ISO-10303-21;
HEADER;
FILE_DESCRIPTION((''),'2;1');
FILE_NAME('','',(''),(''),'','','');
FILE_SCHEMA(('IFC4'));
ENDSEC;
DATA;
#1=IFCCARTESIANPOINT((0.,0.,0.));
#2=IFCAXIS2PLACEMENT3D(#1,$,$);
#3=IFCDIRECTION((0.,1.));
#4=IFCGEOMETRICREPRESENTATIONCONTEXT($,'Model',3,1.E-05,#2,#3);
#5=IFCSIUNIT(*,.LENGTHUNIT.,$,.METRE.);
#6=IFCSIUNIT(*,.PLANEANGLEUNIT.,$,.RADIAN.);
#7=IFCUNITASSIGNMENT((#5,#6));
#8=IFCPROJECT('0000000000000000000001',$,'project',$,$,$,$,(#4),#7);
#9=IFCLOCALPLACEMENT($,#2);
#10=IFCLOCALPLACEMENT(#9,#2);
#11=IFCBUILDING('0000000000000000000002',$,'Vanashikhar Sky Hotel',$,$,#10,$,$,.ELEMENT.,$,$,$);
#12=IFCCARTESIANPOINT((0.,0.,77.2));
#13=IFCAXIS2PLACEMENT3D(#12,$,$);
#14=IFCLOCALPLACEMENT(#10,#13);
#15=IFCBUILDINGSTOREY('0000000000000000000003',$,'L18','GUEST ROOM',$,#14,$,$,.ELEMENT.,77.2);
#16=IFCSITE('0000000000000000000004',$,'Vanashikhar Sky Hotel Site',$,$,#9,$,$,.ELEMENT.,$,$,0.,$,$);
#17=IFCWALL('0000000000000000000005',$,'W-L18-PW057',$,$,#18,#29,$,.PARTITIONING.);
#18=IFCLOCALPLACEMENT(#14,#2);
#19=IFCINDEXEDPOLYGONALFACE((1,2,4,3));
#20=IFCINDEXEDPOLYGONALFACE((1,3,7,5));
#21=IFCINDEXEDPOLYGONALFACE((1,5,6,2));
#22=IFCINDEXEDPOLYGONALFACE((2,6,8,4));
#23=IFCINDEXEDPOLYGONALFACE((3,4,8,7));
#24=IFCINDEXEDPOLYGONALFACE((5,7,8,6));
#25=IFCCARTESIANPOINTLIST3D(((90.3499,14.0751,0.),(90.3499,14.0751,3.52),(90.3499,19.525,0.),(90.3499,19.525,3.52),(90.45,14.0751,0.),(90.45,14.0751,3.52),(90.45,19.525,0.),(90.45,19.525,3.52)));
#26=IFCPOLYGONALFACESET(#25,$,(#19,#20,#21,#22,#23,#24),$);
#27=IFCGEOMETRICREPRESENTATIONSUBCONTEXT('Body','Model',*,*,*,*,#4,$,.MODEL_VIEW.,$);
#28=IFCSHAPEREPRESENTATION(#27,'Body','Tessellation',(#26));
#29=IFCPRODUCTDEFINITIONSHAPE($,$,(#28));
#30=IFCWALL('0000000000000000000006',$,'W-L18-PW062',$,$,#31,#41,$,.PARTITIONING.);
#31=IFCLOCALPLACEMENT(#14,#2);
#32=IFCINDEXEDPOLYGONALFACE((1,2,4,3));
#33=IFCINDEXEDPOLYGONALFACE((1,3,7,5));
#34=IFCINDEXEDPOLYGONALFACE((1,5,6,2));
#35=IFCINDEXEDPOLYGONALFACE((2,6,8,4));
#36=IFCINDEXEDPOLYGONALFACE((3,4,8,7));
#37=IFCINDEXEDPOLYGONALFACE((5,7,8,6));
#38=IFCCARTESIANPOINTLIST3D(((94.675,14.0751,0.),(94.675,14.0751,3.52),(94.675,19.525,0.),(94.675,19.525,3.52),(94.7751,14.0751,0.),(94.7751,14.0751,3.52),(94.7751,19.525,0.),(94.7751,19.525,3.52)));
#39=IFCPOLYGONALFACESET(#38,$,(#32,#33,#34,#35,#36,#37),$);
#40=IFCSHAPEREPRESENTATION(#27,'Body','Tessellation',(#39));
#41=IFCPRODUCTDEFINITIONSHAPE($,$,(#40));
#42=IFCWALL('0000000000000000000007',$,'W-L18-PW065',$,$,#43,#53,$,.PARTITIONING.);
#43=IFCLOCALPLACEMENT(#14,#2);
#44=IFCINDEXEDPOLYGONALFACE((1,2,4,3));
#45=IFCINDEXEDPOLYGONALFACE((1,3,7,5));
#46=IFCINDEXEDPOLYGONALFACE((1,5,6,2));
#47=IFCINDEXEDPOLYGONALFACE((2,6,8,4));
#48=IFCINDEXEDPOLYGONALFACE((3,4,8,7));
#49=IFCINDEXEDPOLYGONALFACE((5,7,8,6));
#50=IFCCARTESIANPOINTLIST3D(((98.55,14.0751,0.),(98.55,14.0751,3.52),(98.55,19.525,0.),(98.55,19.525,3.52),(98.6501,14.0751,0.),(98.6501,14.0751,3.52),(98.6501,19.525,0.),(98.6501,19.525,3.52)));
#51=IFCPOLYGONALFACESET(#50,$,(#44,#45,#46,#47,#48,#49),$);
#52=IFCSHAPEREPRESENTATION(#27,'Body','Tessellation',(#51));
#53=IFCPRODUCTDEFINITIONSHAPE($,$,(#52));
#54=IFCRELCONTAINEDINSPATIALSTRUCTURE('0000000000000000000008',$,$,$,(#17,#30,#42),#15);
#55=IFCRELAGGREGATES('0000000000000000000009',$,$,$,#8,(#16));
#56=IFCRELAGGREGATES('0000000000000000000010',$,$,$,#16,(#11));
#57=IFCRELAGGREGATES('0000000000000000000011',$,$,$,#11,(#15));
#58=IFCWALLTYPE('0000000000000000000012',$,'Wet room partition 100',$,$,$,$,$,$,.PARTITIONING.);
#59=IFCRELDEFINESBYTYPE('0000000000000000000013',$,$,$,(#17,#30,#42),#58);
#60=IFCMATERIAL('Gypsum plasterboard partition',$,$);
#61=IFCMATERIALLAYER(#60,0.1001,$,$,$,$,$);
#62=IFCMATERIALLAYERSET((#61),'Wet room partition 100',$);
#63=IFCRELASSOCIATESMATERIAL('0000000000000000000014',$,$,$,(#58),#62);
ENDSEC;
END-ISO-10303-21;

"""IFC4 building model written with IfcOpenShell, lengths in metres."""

from ifc_helpers import new_model, si_unit, direction, frame, frame_2d, origin, place, context, subcontext, project, spatial, rectangle, extrude, source, transform, mapped, material, layer, layer_set, type_object, element, save


model = new_model("IFC4")

# Units and contexts
model_context = context("Model", 3, precision=1e-05, world=origin(), true_north=direction((0.0, 1.0)))
body_context = subcontext(model_context, "Body", "Model", "MODEL_VIEW")
ifc_project = project(units=[si_unit("LENGTHUNIT", "METRE"), si_unit("PLANEANGLEUNIT", "RADIAN")], contexts=[model_context])

# Site, building, storey
site_placement = place(None, origin())
site = spatial("IfcSite", under=ifc_project, at=site_placement, Name="Vanashikhar Sky Hotel Site", CompositionType="ELEMENT", RefElevation=0.0)
building_placement = place(site_placement, origin())
building = spatial("IfcBuilding", under=site, at=building_placement, Name="Vanashikhar Sky Hotel", CompositionType="ELEMENT")
storey_placement = place(building_placement, frame((0.0, 0.0, 77.2)))
storey = spatial("IfcBuildingStorey", under=building, at=storey_placement, Name="L18", Description="GUEST ROOM", CompositionType="ELEMENT", Elevation=77.2)

# Shared definitions
ifc_material_1 = material(Name="Gypsum plasterboard partition")

# Shared definitions
ifc_layer_1 = layer(ifc_material_1, 0.1001)
ifc_layer_set_1 = layer_set([ifc_layer_1], Name="Wet room partition 100")
wall_type_1 = type_object("IfcWallType", Name="Wet room partition 100", PredefinedType="PARTITIONING", material=ifc_layer_set_1)

# Walls
shared_shape_1 = source(origin(), body_context, "Body", "SweptSolid", [
    extrude(rectangle(XDim=5.45, YDim=0.1001, at=frame_2d((2.7251, 0.0))), origin(), (0.0, 0.0, 1.0), 3.52),
])
for number, where, z_axis, x_axis, name in (
    (1, (90.3999, 14.075, 0.0), (0.0, 0.0, 1.0), (0.0, 1.0, 0.0), "W-L18-PW057"),
    (2, (94.7251, 14.075, 0.0), (0.0, 0.0, 1.0), (0.0, 1.0, 0.0), "W-L18-PW062"),
    (3, (98.6001, 14.075, 0.0), (0.0, 0.0, 1.0), (0.0, 1.0, 0.0), "W-L18-PW065"),
):
    element("IfcWall", number, at=place(storey_placement, frame(where, z_axis=z_axis, x_axis=x_axis)), inside=storey, type_object=wall_type_1, Name=name, PredefinedType="PARTITIONING", context=body_context, shape_type="MappedRepresentation", body=[
        mapped(shared_shape_1, transform((0.0, 0.0, 0.0), scale=1.0)),
    ])

save(model, "model.ifc")
